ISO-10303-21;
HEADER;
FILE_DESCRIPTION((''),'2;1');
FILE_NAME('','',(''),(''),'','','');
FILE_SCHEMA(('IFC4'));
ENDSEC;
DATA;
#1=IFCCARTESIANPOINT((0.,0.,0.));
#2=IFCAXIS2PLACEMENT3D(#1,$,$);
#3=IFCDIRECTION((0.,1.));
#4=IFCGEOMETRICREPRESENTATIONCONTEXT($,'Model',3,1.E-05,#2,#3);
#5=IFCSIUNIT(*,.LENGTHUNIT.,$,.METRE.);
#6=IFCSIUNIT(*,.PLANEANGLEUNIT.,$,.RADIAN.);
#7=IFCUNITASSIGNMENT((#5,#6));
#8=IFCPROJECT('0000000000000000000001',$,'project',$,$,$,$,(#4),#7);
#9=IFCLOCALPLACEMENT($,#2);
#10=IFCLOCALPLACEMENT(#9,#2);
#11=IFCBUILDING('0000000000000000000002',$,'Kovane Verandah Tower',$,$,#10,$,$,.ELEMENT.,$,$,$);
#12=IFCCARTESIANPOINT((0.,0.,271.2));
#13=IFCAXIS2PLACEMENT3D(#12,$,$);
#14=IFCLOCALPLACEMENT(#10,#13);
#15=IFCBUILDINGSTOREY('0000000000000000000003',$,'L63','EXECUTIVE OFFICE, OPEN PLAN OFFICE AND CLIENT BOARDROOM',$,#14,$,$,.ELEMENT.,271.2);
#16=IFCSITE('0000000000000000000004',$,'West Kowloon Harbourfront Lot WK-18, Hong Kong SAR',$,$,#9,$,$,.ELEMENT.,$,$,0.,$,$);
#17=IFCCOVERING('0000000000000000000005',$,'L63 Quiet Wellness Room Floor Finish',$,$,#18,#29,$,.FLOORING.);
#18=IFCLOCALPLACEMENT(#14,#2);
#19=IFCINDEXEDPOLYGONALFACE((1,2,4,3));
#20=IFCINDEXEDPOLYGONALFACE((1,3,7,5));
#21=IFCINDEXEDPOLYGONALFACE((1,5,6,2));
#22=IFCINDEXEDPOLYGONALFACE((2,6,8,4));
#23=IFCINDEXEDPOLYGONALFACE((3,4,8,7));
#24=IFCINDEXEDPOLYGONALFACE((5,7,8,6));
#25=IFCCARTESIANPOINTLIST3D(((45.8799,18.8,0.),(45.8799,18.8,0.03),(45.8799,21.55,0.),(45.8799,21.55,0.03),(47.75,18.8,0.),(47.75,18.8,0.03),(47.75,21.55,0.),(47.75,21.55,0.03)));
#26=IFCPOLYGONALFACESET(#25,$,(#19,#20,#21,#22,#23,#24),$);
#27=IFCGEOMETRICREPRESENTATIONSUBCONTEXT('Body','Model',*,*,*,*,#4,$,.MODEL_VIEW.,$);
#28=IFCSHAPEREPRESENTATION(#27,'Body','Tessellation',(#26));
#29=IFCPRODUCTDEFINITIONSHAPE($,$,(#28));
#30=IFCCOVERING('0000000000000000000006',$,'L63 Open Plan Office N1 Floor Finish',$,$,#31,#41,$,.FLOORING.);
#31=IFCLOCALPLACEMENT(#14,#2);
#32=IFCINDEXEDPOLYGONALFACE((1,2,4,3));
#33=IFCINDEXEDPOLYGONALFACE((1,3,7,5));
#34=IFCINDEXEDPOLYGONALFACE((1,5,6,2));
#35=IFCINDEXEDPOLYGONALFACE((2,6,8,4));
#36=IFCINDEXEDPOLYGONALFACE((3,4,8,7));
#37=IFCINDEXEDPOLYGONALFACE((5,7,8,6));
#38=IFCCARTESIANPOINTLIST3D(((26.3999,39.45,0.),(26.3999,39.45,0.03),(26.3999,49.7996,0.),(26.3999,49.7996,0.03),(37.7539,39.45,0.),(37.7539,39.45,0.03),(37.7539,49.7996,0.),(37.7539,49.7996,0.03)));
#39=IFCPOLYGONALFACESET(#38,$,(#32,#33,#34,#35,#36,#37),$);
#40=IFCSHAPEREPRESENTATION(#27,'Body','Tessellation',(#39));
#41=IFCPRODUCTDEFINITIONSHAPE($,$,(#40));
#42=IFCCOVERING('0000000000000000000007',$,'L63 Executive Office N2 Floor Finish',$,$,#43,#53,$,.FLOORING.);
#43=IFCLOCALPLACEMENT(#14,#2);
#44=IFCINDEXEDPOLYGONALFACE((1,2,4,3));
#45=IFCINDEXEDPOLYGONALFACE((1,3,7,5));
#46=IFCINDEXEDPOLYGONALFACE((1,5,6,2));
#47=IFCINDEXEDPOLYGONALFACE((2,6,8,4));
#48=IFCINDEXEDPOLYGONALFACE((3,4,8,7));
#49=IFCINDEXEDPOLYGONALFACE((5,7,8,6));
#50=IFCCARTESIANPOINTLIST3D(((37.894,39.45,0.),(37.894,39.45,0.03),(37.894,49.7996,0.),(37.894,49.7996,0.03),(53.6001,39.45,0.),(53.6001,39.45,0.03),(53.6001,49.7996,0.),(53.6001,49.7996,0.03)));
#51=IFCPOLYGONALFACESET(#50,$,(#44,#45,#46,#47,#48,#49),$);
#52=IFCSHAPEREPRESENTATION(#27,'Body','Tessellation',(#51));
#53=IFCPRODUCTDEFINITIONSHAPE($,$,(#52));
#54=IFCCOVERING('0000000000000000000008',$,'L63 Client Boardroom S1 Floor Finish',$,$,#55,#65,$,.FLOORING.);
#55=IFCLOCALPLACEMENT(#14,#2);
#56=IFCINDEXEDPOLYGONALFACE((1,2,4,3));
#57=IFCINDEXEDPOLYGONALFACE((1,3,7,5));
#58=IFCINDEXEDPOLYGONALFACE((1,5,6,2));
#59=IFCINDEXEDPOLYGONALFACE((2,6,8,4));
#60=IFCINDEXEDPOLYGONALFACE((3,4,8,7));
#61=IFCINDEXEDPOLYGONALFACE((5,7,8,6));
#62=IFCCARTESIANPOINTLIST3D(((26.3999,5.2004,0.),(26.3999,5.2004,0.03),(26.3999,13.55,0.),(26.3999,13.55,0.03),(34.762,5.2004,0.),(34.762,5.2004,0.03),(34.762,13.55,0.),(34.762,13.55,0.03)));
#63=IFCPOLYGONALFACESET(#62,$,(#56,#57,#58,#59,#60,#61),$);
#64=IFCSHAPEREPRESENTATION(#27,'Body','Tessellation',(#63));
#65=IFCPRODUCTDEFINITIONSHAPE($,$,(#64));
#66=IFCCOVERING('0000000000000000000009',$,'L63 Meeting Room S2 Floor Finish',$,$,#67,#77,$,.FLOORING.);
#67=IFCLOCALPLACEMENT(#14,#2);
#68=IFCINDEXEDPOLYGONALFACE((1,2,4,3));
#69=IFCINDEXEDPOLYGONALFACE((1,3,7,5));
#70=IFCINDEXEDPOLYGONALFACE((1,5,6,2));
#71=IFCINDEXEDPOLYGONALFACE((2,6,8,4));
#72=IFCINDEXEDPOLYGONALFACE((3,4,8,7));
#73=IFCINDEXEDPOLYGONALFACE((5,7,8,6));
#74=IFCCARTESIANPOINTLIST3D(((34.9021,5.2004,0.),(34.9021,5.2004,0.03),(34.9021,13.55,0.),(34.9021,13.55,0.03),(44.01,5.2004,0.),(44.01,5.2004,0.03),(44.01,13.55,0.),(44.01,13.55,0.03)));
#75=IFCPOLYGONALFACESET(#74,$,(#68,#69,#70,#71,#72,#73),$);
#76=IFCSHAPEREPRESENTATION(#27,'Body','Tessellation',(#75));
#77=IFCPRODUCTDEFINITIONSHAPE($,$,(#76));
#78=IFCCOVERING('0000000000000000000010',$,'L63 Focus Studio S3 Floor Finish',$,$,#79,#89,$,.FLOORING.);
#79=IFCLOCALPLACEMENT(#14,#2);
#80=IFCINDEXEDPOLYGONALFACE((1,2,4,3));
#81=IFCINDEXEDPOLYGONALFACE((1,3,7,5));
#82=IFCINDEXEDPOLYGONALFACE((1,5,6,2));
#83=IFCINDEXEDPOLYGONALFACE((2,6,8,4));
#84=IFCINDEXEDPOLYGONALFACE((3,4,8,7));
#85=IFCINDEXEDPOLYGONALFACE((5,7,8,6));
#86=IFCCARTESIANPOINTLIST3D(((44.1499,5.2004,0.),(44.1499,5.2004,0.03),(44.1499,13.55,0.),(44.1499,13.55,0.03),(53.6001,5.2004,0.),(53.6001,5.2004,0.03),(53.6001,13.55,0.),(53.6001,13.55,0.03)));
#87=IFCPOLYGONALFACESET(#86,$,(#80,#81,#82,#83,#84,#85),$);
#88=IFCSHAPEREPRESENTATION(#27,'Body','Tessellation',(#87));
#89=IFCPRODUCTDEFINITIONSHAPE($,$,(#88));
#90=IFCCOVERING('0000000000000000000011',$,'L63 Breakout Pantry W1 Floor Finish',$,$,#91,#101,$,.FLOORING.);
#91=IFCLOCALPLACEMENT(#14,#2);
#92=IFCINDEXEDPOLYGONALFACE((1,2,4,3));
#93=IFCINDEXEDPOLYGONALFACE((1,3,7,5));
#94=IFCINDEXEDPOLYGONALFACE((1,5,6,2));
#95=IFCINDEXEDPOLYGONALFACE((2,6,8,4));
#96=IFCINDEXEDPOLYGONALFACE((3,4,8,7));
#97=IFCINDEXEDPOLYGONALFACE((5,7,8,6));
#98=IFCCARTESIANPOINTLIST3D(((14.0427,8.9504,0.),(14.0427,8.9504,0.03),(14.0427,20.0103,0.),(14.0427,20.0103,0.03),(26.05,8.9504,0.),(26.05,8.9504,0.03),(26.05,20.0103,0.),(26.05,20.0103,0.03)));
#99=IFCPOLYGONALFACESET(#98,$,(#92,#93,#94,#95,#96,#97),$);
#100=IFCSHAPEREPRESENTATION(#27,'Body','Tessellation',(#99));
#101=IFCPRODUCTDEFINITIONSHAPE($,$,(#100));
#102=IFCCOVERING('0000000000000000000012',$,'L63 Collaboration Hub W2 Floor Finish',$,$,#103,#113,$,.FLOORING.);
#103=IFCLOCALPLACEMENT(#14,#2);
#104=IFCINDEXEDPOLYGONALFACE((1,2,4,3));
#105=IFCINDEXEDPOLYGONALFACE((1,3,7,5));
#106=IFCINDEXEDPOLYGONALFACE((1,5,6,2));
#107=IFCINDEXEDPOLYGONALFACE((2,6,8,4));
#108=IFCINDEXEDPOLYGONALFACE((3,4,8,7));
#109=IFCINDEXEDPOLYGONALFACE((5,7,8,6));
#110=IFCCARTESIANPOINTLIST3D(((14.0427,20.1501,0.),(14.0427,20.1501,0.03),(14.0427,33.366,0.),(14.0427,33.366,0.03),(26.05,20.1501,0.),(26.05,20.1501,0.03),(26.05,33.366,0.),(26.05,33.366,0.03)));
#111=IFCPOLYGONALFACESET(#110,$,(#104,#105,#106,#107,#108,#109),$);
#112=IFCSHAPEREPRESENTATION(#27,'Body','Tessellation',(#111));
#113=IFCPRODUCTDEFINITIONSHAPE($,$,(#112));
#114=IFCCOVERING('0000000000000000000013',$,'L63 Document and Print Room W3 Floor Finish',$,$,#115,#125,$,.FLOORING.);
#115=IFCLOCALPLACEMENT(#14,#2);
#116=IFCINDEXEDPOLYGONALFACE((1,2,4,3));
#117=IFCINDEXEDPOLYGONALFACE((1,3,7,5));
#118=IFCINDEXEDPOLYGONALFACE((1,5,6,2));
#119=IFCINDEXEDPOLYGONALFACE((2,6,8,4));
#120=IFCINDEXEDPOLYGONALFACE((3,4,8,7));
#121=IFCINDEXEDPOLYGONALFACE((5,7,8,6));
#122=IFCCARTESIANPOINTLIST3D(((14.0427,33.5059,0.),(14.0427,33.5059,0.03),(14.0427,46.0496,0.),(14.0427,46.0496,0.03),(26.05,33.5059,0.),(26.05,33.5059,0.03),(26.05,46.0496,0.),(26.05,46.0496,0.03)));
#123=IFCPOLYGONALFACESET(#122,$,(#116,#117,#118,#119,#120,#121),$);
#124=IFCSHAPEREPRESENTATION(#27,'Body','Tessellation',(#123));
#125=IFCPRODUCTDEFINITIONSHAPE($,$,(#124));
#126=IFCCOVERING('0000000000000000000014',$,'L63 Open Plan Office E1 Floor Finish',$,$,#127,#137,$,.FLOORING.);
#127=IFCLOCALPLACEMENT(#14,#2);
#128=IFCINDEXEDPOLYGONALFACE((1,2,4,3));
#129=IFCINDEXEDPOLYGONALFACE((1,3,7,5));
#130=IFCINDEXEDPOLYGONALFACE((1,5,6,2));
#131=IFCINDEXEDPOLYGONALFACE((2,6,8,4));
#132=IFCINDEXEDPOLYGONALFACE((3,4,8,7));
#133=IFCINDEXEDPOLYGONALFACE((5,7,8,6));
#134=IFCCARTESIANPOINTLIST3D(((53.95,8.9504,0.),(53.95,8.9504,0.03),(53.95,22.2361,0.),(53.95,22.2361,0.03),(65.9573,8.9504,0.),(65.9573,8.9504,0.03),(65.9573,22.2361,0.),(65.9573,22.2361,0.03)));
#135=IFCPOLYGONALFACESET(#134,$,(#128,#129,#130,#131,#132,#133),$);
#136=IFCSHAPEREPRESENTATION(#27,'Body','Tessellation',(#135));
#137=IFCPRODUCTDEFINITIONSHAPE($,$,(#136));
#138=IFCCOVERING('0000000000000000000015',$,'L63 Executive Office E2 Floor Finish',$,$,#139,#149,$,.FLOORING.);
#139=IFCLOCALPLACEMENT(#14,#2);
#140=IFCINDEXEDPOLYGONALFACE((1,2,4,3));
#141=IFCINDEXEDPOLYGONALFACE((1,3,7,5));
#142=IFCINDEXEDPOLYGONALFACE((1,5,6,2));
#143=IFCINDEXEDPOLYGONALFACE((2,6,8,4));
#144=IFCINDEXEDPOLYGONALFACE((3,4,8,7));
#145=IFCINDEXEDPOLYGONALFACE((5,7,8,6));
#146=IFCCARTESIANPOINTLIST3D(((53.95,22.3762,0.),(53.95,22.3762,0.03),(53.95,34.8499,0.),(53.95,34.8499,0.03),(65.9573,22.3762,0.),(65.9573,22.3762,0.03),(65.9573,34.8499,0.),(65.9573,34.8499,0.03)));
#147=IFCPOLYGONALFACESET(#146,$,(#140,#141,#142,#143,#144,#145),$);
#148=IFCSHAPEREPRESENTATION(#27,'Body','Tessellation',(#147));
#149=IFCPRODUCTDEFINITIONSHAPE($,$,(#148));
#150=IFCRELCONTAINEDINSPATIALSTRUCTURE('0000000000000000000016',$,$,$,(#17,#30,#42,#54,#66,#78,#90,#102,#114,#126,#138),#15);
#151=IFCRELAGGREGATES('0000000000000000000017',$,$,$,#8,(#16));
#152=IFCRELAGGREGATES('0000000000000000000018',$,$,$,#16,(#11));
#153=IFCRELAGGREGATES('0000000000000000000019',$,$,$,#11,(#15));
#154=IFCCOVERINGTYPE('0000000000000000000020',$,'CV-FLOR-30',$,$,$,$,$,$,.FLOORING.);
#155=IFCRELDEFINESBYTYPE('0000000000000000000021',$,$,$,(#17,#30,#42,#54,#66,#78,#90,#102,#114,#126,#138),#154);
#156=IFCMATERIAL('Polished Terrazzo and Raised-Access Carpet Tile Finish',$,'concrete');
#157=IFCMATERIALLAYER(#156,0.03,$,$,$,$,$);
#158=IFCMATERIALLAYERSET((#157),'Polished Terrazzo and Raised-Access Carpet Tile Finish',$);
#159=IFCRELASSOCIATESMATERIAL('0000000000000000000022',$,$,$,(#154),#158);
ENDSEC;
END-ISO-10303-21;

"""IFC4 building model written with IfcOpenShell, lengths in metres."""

from ifc_helpers import new_model, si_unit, direction, frame, origin, place, context, subcontext, project, spatial, polyline, outline, extrude, material, layer, layer_set, type_object, element, save


model = new_model("IFC4")

# Units and contexts
model_context = context("Model", 3, precision=1e-05, world=origin(), true_north=direction((0.0, 1.0)))
body_context = subcontext(model_context, "Body", "Model", "MODEL_VIEW")
ifc_project = project(units=[si_unit("LENGTHUNIT", "METRE"), si_unit("PLANEANGLEUNIT", "RADIAN")], contexts=[model_context])

# Site, building, storey
site_placement = place(None, origin())
site = spatial("IfcSite", under=ifc_project, at=site_placement, Name="West Kowloon Harbourfront Lot WK-18, Hong Kong SAR", CompositionType="ELEMENT", RefElevation=0.0)
building_placement = place(site_placement, origin())
building = spatial("IfcBuilding", under=site, at=building_placement, Name="Kovane Verandah Tower", CompositionType="ELEMENT")
storey_placement = place(building_placement, frame((0.0, 0.0, 271.2)))
storey = spatial("IfcBuildingStorey", under=building, at=storey_placement, Name="L63", Description="EXECUTIVE OFFICE, OPEN PLAN OFFICE AND CLIENT BOARDROOM", CompositionType="ELEMENT", Elevation=271.2)

# Coverings
ifc_material_1 = material(Name="Polished Terrazzo and Raised-Access Carpet Tile Finish", Category="concrete")
ifc_layer_1 = layer(ifc_material_1, 0.03)
ifc_layer_set_1 = layer_set([ifc_layer_1], Name="Polished Terrazzo and Raised-Access Carpet Tile Finish")
covering_type = type_object("IfcCoveringType", Name="CV-FLOR-30", PredefinedType="FLOORING", material=ifc_layer_set_1)
covering_1_placement = place(storey_placement, origin())
element("IfcCovering", 1, at=covering_1_placement, inside=storey, type_object=covering_type, Name="L63 Quiet Wellness Room Floor Finish", PredefinedType="FLOORING", context=body_context, shape_type="SweptSolid", body=[
    extrude(outline(polyline([(45.8799, 18.8), (47.75, 18.8), (47.75, 21.55), (45.8799, 21.55), (45.8799, 18.8)])), origin(), (0.0, 0.0, 1.0), 0.03),
])
covering_2_placement = place(storey_placement, origin())
element("IfcCovering", 2, at=covering_2_placement, inside=storey, type_object=covering_type, Name="L63 Open Plan Office N1 Floor Finish", PredefinedType="FLOORING", context=body_context, shape_type="SweptSolid", body=[
    extrude(outline(polyline([(26.3999, 39.45), (37.7539, 39.45), (37.7539, 49.7996), (26.3999, 49.7996), (26.3999, 39.45)])), origin(), (0.0, 0.0, 1.0), 0.03),
])
covering_3_placement = place(storey_placement, origin())
element("IfcCovering", 3, at=covering_3_placement, inside=storey, type_object=covering_type, Name="L63 Executive Office N2 Floor Finish", PredefinedType="FLOORING", context=body_context, shape_type="SweptSolid", body=[
    extrude(outline(polyline([(37.894, 39.45), (53.6001, 39.45), (53.6001, 49.7996), (37.894, 49.7996), (37.894, 39.45)])), origin(), (0.0, 0.0, 1.0), 0.03),
])
covering_4_placement = place(storey_placement, origin())
element("IfcCovering", 4, at=covering_4_placement, inside=storey, type_object=covering_type, Name="L63 Client Boardroom S1 Floor Finish", PredefinedType="FLOORING", context=body_context, shape_type="SweptSolid", body=[
    extrude(outline(polyline([(26.3999, 5.2004), (34.762, 5.2004), (34.762, 13.55), (26.3999, 13.55), (26.3999, 5.2004)])), origin(), (0.0, 0.0, 1.0), 0.03),
])
covering_5_placement = place(storey_placement, origin())
element("IfcCovering", 5, at=covering_5_placement, inside=storey, type_object=covering_type, Name="L63 Meeting Room S2 Floor Finish", PredefinedType="FLOORING", context=body_context, shape_type="SweptSolid", body=[
    extrude(outline(polyline([(34.9021, 5.2004), (44.01, 5.2004), (44.01, 13.55), (34.9021, 13.55), (34.9021, 5.2004)])), origin(), (0.0, 0.0, 1.0), 0.03),
])
covering_6_placement = place(storey_placement, origin())
element("IfcCovering", 6, at=covering_6_placement, inside=storey, type_object=covering_type, Name="L63 Focus Studio S3 Floor Finish", PredefinedType="FLOORING", context=body_context, shape_type="SweptSolid", body=[
    extrude(outline(polyline([(44.1499, 5.2004), (53.6001, 5.2004), (53.6001, 13.55), (44.1499, 13.55), (44.1499, 5.2004)])), origin(), (0.0, 0.0, 1.0), 0.03),
])
covering_7_placement = place(storey_placement, origin())
element("IfcCovering", 7, at=covering_7_placement, inside=storey, type_object=covering_type, Name="L63 Breakout Pantry W1 Floor Finish", PredefinedType="FLOORING", context=body_context, shape_type="SweptSolid", body=[
    extrude(outline(polyline([(14.0427, 8.9504), (26.05, 8.9504), (26.05, 20.0103), (14.0427, 20.0103), (14.0427, 8.9504)])), origin(), (0.0, 0.0, 1.0), 0.03),
])
covering_8_placement = place(storey_placement, origin())
element("IfcCovering", 8, at=covering_8_placement, inside=storey, type_object=covering_type, Name="L63 Collaboration Hub W2 Floor Finish", PredefinedType="FLOORING", context=body_context, shape_type="SweptSolid", body=[
    extrude(outline(polyline([(14.0427, 20.1501), (26.05, 20.1501), (26.05, 33.366), (14.0427, 33.366), (14.0427, 20.1501)])), origin(), (0.0, 0.0, 1.0), 0.03),
])
covering_9_placement = place(storey_placement, origin())
element("IfcCovering", 9, at=covering_9_placement, inside=storey, type_object=covering_type, Name="L63 Document and Print Room W3 Floor Finish", PredefinedType="FLOORING", context=body_context, shape_type="SweptSolid", body=[
    extrude(outline(polyline([(14.0427, 33.5059), (26.05, 33.5059), (26.05, 46.0496), (14.0427, 46.0496), (14.0427, 33.5059)])), origin(), (0.0, 0.0, 1.0), 0.03),
])
covering_10_placement = place(storey_placement, origin())
element("IfcCovering", 10, at=covering_10_placement, inside=storey, type_object=covering_type, Name="L63 Open Plan Office E1 Floor Finish", PredefinedType="FLOORING", context=body_context, shape_type="SweptSolid", body=[
    extrude(outline(polyline([(53.95, 8.9504), (65.9573, 8.9504), (65.9573, 22.2361), (53.95, 22.2361), (53.95, 8.9504)])), origin(), (0.0, 0.0, 1.0), 0.03),
])
covering_11_placement = place(storey_placement, origin())
element("IfcCovering", 11, at=covering_11_placement, inside=storey, type_object=covering_type, Name="L63 Executive Office E2 Floor Finish", PredefinedType="FLOORING", context=body_context, shape_type="SweptSolid", body=[
    extrude(outline(polyline([(53.95, 22.3762), (65.9573, 22.3762), (65.9573, 34.8499), (53.95, 34.8499), (53.95, 22.3762)])), origin(), (0.0, 0.0, 1.0), 0.03),
])

save(model, "model.ifc")
